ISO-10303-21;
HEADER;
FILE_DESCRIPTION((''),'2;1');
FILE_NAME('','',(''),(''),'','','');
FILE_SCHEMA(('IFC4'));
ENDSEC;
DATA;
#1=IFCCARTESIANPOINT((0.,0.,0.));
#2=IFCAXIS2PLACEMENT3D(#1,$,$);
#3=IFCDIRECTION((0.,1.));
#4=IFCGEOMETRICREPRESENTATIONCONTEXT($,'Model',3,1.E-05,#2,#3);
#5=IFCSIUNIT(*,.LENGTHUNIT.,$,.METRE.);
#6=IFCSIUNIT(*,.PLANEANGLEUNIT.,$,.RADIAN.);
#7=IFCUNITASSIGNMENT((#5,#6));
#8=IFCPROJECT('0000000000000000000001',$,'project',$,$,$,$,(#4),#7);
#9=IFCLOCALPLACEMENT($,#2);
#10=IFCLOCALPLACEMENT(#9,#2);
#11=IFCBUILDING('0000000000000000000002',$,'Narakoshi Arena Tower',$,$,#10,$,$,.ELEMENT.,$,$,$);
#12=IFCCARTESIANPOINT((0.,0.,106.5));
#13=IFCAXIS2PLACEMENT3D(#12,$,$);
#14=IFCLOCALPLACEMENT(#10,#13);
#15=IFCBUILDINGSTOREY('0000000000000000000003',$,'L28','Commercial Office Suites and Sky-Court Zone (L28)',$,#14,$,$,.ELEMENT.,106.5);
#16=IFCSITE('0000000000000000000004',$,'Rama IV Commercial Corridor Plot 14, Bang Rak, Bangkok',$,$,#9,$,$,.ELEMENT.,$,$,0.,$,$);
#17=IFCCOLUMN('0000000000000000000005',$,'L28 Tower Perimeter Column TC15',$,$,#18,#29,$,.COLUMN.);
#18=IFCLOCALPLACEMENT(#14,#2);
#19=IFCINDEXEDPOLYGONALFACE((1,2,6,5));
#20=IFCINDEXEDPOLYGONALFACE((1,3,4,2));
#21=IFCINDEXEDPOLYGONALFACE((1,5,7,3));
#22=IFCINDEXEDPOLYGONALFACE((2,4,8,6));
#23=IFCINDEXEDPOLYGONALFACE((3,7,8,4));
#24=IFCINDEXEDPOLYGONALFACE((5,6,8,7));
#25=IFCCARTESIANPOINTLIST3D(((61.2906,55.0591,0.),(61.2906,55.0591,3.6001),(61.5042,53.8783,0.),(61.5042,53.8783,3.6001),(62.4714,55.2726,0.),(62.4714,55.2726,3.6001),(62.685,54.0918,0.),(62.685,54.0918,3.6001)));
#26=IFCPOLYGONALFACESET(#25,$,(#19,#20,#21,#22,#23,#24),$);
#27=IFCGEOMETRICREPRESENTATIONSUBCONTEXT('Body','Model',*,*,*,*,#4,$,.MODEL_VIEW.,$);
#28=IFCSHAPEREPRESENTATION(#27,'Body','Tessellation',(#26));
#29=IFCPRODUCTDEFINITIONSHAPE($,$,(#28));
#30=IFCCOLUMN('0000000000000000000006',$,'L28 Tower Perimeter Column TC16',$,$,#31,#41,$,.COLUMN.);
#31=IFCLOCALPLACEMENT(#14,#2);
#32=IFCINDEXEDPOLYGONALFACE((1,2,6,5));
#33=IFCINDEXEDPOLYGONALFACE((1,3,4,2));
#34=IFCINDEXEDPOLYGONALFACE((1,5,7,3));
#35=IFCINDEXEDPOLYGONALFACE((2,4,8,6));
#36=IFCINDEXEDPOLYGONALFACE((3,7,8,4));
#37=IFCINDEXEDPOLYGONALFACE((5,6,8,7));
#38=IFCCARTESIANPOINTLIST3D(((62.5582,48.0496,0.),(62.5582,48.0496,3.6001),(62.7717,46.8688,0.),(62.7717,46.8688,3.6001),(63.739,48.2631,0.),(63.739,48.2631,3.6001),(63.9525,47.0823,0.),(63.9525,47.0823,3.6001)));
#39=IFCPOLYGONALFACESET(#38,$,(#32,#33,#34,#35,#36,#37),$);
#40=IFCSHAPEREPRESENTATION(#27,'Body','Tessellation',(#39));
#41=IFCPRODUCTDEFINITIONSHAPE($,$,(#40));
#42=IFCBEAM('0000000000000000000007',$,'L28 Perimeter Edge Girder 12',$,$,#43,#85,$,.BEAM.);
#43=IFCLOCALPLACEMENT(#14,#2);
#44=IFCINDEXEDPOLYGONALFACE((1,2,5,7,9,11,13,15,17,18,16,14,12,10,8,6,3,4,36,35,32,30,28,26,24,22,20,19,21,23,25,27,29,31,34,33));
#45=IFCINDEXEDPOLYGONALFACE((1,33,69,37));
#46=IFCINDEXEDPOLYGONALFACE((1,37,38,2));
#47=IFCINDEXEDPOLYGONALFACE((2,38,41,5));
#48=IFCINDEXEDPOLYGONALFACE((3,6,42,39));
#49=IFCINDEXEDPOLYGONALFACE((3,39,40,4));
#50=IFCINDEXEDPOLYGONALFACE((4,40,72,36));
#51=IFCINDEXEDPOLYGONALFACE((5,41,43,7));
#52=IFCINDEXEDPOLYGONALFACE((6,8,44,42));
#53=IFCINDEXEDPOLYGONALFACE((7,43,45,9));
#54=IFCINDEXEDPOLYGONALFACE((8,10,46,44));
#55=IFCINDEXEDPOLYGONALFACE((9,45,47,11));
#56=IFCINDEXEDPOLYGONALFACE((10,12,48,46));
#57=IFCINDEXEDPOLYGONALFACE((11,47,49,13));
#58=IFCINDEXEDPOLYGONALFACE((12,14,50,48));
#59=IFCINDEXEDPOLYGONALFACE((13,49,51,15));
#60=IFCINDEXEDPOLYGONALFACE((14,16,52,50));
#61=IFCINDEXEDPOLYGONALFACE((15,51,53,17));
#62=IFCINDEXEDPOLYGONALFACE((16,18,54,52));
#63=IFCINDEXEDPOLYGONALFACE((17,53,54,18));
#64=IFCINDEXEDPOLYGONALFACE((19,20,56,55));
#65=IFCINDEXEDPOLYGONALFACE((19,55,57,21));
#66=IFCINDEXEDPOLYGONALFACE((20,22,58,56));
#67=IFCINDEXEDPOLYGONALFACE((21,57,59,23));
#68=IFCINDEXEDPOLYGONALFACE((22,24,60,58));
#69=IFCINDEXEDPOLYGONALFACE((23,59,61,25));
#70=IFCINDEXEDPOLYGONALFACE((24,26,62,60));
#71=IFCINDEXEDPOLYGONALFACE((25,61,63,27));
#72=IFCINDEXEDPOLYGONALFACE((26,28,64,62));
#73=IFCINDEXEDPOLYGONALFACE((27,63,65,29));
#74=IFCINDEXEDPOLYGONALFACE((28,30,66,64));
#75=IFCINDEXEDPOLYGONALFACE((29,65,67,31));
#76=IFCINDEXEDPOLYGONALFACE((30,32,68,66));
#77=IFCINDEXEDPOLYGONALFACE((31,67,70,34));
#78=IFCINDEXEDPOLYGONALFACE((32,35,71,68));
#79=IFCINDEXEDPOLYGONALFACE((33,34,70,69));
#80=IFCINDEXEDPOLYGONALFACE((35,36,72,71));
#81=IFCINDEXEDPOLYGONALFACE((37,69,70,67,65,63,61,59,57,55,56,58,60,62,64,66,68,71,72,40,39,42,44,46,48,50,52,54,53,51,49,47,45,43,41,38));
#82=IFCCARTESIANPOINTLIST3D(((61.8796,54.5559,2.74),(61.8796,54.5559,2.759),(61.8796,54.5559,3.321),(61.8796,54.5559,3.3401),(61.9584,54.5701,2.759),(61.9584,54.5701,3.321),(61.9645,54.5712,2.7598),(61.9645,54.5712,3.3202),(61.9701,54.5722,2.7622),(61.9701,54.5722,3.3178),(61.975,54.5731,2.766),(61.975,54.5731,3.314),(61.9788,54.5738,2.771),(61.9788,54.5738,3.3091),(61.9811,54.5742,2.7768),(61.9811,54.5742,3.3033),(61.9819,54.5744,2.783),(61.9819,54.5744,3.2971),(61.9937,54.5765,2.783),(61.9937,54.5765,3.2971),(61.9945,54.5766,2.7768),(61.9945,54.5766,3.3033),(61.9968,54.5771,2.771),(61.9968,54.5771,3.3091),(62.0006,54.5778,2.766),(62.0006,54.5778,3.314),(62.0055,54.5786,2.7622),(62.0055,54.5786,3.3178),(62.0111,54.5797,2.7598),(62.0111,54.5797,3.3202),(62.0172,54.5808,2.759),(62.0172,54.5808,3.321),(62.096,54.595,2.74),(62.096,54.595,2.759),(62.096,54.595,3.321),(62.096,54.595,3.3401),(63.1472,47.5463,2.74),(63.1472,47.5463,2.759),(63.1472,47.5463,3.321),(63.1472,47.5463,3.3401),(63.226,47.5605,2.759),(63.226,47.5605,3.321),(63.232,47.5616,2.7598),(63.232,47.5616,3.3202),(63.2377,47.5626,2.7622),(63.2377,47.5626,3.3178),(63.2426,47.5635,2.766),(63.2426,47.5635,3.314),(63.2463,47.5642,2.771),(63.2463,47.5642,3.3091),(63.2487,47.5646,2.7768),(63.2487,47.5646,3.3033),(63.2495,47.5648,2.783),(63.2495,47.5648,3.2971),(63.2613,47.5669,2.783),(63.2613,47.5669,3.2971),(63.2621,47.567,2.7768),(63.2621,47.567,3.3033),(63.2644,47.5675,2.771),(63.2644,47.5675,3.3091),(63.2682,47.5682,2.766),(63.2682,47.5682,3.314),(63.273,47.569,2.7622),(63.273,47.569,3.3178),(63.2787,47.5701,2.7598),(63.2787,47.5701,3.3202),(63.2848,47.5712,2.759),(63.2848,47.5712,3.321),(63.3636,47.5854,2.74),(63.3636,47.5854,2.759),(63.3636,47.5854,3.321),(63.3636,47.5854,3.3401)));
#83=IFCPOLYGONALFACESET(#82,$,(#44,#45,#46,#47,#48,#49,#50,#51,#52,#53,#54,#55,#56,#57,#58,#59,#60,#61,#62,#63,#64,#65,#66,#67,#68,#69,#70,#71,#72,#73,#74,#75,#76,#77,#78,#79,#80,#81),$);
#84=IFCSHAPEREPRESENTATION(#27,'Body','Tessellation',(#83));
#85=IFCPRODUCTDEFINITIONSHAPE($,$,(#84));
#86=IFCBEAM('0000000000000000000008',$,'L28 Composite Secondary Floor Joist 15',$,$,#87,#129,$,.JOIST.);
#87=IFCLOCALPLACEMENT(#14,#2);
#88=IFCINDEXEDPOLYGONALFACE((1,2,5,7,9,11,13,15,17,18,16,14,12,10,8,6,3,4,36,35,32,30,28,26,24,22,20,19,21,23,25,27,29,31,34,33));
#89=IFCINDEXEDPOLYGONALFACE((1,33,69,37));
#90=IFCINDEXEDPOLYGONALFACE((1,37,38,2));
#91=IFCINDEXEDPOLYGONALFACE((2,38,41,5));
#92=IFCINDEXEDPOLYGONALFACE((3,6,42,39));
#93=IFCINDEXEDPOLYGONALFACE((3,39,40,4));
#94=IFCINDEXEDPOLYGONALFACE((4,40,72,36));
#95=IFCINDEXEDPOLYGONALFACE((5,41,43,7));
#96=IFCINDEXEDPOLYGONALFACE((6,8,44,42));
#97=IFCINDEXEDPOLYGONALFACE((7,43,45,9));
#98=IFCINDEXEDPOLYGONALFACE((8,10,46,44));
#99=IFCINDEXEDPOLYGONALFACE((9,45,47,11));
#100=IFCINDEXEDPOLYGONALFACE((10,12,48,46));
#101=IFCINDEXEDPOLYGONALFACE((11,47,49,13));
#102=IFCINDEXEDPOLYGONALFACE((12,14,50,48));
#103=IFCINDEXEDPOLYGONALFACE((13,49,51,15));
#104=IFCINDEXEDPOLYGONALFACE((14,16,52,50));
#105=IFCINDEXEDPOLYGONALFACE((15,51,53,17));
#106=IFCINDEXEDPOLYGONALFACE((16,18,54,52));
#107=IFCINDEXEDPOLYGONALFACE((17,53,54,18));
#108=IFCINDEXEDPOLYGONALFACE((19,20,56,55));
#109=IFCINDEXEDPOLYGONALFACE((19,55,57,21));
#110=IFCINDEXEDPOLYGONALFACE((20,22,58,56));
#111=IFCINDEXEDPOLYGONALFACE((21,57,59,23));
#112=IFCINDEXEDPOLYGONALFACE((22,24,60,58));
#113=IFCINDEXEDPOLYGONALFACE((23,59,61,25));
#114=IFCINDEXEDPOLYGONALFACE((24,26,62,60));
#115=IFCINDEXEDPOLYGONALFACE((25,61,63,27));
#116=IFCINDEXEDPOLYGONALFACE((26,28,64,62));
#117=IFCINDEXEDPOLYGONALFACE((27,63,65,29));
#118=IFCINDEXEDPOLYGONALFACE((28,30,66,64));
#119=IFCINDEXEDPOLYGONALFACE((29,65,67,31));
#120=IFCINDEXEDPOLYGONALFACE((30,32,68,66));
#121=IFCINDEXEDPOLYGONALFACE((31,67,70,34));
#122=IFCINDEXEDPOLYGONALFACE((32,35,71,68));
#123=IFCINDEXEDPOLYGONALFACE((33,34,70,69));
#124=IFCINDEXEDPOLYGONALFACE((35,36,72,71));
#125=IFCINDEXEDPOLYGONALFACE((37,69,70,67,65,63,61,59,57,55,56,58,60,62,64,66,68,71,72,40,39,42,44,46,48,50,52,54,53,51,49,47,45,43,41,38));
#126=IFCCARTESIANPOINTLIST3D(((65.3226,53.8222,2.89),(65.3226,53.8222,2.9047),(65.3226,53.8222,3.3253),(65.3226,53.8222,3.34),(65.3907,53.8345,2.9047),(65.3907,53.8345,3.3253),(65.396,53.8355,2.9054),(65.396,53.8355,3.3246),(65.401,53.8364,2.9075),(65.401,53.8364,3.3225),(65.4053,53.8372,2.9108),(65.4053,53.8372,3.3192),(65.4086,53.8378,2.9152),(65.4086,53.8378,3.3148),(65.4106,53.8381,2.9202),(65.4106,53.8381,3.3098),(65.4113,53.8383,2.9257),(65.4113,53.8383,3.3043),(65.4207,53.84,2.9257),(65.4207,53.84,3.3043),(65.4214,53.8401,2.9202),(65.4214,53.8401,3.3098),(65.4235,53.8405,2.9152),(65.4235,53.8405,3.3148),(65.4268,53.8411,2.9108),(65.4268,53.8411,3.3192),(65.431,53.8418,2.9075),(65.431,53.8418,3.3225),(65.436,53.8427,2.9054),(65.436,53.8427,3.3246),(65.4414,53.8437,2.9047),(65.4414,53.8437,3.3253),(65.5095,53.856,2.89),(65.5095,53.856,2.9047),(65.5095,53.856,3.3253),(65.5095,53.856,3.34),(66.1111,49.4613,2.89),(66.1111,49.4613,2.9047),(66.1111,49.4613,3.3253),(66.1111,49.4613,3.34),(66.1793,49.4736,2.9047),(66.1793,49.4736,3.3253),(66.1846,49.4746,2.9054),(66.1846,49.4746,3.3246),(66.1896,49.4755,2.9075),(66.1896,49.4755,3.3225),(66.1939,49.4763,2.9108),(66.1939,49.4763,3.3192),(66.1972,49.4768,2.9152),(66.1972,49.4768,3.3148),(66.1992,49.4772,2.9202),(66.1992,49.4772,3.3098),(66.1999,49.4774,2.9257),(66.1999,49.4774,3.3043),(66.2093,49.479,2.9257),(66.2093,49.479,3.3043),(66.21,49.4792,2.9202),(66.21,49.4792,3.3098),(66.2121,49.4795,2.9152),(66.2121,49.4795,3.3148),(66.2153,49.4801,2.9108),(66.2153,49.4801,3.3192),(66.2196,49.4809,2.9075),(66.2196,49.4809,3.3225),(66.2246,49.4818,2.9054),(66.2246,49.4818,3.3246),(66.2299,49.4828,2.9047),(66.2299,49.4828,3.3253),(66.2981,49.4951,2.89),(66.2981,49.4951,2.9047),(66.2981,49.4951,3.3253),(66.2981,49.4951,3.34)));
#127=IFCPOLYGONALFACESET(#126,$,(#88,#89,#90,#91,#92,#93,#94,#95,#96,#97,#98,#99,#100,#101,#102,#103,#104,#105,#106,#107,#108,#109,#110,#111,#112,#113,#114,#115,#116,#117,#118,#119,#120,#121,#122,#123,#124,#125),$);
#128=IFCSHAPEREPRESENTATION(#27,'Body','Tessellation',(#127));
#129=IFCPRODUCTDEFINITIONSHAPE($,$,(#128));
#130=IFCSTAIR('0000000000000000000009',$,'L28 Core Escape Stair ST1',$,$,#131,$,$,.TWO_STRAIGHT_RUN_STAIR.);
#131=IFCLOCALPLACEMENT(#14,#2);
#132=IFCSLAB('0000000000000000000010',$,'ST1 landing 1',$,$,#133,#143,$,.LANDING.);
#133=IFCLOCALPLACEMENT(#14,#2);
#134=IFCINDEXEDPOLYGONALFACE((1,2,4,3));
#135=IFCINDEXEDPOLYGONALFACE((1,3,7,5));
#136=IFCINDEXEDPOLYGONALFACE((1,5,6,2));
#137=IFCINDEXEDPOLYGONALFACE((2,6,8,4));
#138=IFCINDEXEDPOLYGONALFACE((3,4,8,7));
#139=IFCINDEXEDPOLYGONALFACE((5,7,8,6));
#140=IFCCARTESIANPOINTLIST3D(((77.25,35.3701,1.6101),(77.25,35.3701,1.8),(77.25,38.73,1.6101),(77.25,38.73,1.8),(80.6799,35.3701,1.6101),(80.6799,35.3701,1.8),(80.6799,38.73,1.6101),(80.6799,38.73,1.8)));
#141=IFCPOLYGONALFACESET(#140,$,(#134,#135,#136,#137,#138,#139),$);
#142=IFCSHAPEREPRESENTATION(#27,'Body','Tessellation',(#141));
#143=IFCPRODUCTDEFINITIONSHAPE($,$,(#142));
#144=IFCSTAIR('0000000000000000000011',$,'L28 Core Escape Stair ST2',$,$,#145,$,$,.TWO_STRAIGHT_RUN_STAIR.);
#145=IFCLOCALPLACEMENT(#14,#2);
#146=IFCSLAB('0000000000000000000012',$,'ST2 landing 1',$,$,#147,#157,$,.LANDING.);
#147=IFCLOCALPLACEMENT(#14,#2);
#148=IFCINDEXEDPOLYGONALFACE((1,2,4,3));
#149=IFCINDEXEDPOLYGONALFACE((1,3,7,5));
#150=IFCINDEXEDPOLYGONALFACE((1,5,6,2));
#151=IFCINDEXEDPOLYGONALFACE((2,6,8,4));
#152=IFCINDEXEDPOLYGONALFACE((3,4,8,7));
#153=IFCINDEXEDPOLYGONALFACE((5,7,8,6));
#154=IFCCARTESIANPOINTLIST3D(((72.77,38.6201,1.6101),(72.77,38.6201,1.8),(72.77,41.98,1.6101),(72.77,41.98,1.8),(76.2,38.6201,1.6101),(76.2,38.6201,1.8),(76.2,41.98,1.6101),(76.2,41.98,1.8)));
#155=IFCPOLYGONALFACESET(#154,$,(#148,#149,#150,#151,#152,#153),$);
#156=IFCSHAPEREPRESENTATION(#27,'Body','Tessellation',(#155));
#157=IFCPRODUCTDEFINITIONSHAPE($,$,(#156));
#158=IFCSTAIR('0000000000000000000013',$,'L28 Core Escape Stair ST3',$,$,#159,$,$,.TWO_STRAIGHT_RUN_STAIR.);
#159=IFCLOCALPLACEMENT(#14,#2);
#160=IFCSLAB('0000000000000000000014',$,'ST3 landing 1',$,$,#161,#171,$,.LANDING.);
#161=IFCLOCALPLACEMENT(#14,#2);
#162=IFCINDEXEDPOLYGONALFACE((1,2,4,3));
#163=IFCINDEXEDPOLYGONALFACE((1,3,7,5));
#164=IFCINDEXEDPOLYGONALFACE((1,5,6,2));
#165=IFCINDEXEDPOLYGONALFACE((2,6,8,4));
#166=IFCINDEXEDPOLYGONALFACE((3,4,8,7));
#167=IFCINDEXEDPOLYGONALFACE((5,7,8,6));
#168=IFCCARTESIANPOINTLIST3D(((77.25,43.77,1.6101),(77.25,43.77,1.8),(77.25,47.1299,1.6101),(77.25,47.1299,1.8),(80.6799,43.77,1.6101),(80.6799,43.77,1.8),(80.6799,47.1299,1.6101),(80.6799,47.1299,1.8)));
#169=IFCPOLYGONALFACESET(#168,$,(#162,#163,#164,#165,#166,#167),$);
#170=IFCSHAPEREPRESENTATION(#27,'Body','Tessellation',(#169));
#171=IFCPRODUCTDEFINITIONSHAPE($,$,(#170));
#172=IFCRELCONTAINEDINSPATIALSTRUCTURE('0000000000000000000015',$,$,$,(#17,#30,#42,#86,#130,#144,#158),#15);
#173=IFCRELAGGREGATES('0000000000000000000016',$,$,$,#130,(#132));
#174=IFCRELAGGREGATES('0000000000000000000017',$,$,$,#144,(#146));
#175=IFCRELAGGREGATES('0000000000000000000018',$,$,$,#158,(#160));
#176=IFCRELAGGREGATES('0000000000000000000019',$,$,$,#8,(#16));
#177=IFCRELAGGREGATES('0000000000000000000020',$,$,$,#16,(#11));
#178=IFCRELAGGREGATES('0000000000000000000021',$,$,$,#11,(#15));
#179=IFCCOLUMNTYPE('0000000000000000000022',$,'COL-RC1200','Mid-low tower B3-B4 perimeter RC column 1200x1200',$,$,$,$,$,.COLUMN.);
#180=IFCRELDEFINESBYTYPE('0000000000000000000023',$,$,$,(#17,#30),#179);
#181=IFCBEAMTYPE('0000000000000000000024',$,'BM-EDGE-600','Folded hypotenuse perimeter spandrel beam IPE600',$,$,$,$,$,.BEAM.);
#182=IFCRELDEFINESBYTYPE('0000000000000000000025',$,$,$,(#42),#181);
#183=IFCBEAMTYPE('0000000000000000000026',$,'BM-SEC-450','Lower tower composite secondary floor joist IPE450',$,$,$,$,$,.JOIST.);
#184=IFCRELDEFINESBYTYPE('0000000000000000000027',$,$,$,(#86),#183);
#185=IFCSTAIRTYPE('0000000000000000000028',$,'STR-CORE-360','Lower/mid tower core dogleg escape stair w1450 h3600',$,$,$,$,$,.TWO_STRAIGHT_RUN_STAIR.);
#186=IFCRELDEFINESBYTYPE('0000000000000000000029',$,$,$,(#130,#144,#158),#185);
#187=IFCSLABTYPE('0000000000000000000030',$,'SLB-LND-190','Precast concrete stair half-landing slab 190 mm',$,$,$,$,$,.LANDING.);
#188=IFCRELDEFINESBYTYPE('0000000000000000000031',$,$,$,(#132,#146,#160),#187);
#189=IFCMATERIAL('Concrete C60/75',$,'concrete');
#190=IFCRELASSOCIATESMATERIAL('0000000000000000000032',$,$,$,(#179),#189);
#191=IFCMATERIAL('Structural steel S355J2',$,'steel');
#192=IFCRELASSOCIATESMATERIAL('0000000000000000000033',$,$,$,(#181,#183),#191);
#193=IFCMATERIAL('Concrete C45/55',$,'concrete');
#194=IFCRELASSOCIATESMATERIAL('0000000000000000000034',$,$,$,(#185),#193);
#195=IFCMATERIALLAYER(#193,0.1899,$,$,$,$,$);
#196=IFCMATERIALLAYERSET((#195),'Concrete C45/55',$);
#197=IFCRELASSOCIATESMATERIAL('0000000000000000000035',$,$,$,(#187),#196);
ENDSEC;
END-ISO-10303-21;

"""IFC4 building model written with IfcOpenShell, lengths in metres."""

from ifc_helpers import new_model, si_unit, direction, frame, origin, origin_2d, place, context, subcontext, project, spatial, polyline, rectangle, i_section, outline, extrude, material, layer, layer_set, material_profile, profile_set, type_object, element, aggregate, save


model = new_model("IFC4")

# Units and contexts
model_context = context("Model", 3, precision=1e-05, world=origin(), true_north=direction((0.0, 1.0)))
body_context = subcontext(model_context, "Body", "Model", "MODEL_VIEW")
ifc_project = project(units=[si_unit("LENGTHUNIT", "METRE"), si_unit("PLANEANGLEUNIT", "RADIAN")], contexts=[model_context])

# Site, building, storey
site_placement = place(None, origin())
site = spatial("IfcSite", under=ifc_project, at=site_placement, Name="Rama IV Commercial Corridor Plot 14, Bang Rak, Bangkok", CompositionType="ELEMENT", RefElevation=0.0)
building_placement = place(site_placement, origin())
building = spatial("IfcBuilding", under=site, at=building_placement, Name="Narakoshi Arena Tower", CompositionType="ELEMENT")
storey_placement = place(building_placement, frame((0.0, 0.0, 106.5)))
storey = spatial("IfcBuildingStorey", under=building, at=storey_placement, Name="L28", Description="Commercial Office Suites and Sky-Court Zone (L28)", CompositionType="ELEMENT", Elevation=106.5)

# Columns
ifc_material_1 = material(Name="Concrete C60/75", Category="concrete")
ifc_material_profile_1 = material_profile(ifc_material_1, rectangle(XDim=1.2, YDim=1.2, at=origin_2d()), Name="RC1200x1200")
ifc_profile_set_1 = profile_set([ifc_material_profile_1], Name="Concrete C60/75")
column_type = type_object("IfcColumnType", Name="COL-RC1200", Description="Mid-low tower B3-B4 perimeter RC column 1200x1200", PredefinedType="COLUMN", material=ifc_profile_set_1)
for number, where, z_axis, x_axis, name in (
    (1, (61.9878, 54.5754, 0.0), (0.0, 0.0, 1.0), (-0.177944, 0.984041, 0.0), "L28 Tower Perimeter Column TC15"),
    (2, (63.2554, 47.5659, 0.0), (0.0, 0.0, 1.0), (-0.177944, 0.984041, 0.0), "L28 Tower Perimeter Column TC16"),
):
    element("IfcColumn", number, at=place(storey_placement, frame(where, z_axis=z_axis, x_axis=x_axis)), inside=storey, type_object=column_type, Name=name, PredefinedType="COLUMN", context=body_context, shape_type="SweptSolid", body=[
        extrude(rectangle(XDim=1.2, YDim=1.2, at=origin_2d()), origin(), (0.0, 0.0, 1.0), 3.6001),
    ])

# Beams
ifc_material_2 = material(Name="Structural steel S355J2", Category="steel")
ifc_material_profile_2 = material_profile(ifc_material_2, i_section(OverallWidth=0.22, OverallDepth=0.6001, WebThickness=0.012, FlangeThickness=0.019, FilletRadius=0.0239, at=origin_2d()), Name="IPE600")
ifc_profile_set_2 = profile_set([ifc_material_profile_2], Name="Structural steel S355J2")
beam_type_1 = type_object("IfcBeamType", Name="BM-EDGE-600", Description="Folded hypotenuse perimeter spandrel beam IPE600", PredefinedType="BEAM", material=ifc_profile_set_2)
beam_1_placement = place(storey_placement, frame((61.9878, 54.5754, 3.04), z_axis=(0.17795, -0.984039, 0.0), x_axis=(0.984039, 0.17795, 0.0)))
element("IfcBeam", 3, at=beam_1_placement, inside=storey, type_object=beam_type_1, Name="L28 Perimeter Edge Girder 12", PredefinedType="BEAM", context=body_context, shape_type="SweptSolid", body=[
    extrude(i_section(OverallWidth=0.22, OverallDepth=0.6001, WebThickness=0.012, FlangeThickness=0.019, FilletRadius=0.0239, at=origin_2d()), origin(), (0.0, 0.0, 1.0), 7.1233),
])
ifc_material_profile_3 = material_profile(ifc_material_2, i_section(OverallWidth=0.1899, OverallDepth=0.45, WebThickness=0.0095, FlangeThickness=0.0146, FilletRadius=0.021, at=origin_2d()), Name="IPE450")
ifc_profile_set_3 = profile_set([ifc_material_profile_3], Name="Structural steel S355J2")
beam_type_2 = type_object("IfcBeamType", Name="BM-SEC-450", Description="Lower tower composite secondary floor joist IPE450", PredefinedType="JOIST", material=ifc_profile_set_3)
beam_2_placement = place(storey_placement, frame((65.416, 53.8391, 3.115), z_axis=(0.177945, -0.98404, 0.0), x_axis=(0.98404, 0.177945, 0.0)))
element("IfcBeam", 4, at=beam_2_placement, inside=storey, type_object=beam_type_2, Name="L28 Composite Secondary Floor Joist 15", PredefinedType="JOIST", context=body_context, shape_type="SweptSolid", body=[
    extrude(i_section(OverallWidth=0.1899, OverallDepth=0.45, WebThickness=0.0095, FlangeThickness=0.0146, FilletRadius=0.021, at=origin_2d()), origin(), (0.0, 0.0, 1.0), 4.4316),
])

# Stairs, slabs
ifc_material_3 = material(Name="Concrete C45/55", Category="concrete")
stair_type = type_object("IfcStairType", Name="STR-CORE-360", Description="Lower/mid tower core dogleg escape stair w1450 h3600", PredefinedType="TWO_STRAIGHT_RUN_STAIR", material=ifc_material_3)
stair_1_placement = place(storey_placement, origin())
stair_1 = element("IfcStair", 5, at=stair_1_placement, inside=storey, type_object=stair_type, Name="L28 Core Escape Stair ST1", PredefinedType="TWO_STRAIGHT_RUN_STAIR")
ifc_layer_1 = layer(ifc_material_3, 0.1899)
ifc_layer_set_1 = layer_set([ifc_layer_1], Name="Concrete C45/55")
slab_type_1 = type_object("IfcSlabType", Name="SLB-LND-190", Description="Precast concrete stair half-landing slab 190 mm", PredefinedType="LANDING", material=ifc_layer_set_1)
slab_1_placement = place(storey_placement, frame((0.0, 0.0, 1.6101)))
slab_1 = element("IfcSlab", 6, at=slab_1_placement, type_object=slab_type_1, Name="ST1 landing 1", PredefinedType="LANDING", context=body_context, shape_type="SweptSolid", body=[
    extrude(outline(polyline([(77.25, 35.3701), (80.6799, 35.3701), (80.6799, 38.73), (77.25, 38.73), (77.25, 35.3701)])), origin(), (0.0, 0.0, 1.0), 0.1899),
])
aggregate(stair_1, [slab_1])
stair_2_placement = place(storey_placement, origin())
stair_2 = element("IfcStair", 7, at=stair_2_placement, inside=storey, type_object=stair_type, Name="L28 Core Escape Stair ST2", PredefinedType="TWO_STRAIGHT_RUN_STAIR")
slab_2_placement = place(storey_placement, frame((0.0, 0.0, 1.6101)))
slab_2 = element("IfcSlab", 8, at=slab_2_placement, type_object=slab_type_1, Name="ST2 landing 1", PredefinedType="LANDING", context=body_context, shape_type="SweptSolid", body=[
    extrude(outline(polyline([(72.77, 38.6201), (76.2, 38.6201), (76.2, 41.98), (72.77, 41.98), (72.77, 38.6201)])), origin(), (0.0, 0.0, 1.0), 0.1899),
])
aggregate(stair_2, [slab_2])
stair_3_placement = place(storey_placement, origin())
stair_3 = element("IfcStair", 9, at=stair_3_placement, inside=storey, type_object=stair_type, Name="L28 Core Escape Stair ST3", PredefinedType="TWO_STRAIGHT_RUN_STAIR")
slab_3_placement = place(storey_placement, frame((0.0, 0.0, 1.6101)))
slab_3 = element("IfcSlab", 10, at=slab_3_placement, type_object=slab_type_1, Name="ST3 landing 1", PredefinedType="LANDING", context=body_context, shape_type="SweptSolid", body=[
    extrude(outline(polyline([(77.25, 43.77), (80.6799, 43.77), (80.6799, 47.1299), (77.25, 47.1299), (77.25, 43.77)])), origin(), (0.0, 0.0, 1.0), 0.1899),
])
aggregate(stair_3, [slab_3])

save(model, "model.ifc")
